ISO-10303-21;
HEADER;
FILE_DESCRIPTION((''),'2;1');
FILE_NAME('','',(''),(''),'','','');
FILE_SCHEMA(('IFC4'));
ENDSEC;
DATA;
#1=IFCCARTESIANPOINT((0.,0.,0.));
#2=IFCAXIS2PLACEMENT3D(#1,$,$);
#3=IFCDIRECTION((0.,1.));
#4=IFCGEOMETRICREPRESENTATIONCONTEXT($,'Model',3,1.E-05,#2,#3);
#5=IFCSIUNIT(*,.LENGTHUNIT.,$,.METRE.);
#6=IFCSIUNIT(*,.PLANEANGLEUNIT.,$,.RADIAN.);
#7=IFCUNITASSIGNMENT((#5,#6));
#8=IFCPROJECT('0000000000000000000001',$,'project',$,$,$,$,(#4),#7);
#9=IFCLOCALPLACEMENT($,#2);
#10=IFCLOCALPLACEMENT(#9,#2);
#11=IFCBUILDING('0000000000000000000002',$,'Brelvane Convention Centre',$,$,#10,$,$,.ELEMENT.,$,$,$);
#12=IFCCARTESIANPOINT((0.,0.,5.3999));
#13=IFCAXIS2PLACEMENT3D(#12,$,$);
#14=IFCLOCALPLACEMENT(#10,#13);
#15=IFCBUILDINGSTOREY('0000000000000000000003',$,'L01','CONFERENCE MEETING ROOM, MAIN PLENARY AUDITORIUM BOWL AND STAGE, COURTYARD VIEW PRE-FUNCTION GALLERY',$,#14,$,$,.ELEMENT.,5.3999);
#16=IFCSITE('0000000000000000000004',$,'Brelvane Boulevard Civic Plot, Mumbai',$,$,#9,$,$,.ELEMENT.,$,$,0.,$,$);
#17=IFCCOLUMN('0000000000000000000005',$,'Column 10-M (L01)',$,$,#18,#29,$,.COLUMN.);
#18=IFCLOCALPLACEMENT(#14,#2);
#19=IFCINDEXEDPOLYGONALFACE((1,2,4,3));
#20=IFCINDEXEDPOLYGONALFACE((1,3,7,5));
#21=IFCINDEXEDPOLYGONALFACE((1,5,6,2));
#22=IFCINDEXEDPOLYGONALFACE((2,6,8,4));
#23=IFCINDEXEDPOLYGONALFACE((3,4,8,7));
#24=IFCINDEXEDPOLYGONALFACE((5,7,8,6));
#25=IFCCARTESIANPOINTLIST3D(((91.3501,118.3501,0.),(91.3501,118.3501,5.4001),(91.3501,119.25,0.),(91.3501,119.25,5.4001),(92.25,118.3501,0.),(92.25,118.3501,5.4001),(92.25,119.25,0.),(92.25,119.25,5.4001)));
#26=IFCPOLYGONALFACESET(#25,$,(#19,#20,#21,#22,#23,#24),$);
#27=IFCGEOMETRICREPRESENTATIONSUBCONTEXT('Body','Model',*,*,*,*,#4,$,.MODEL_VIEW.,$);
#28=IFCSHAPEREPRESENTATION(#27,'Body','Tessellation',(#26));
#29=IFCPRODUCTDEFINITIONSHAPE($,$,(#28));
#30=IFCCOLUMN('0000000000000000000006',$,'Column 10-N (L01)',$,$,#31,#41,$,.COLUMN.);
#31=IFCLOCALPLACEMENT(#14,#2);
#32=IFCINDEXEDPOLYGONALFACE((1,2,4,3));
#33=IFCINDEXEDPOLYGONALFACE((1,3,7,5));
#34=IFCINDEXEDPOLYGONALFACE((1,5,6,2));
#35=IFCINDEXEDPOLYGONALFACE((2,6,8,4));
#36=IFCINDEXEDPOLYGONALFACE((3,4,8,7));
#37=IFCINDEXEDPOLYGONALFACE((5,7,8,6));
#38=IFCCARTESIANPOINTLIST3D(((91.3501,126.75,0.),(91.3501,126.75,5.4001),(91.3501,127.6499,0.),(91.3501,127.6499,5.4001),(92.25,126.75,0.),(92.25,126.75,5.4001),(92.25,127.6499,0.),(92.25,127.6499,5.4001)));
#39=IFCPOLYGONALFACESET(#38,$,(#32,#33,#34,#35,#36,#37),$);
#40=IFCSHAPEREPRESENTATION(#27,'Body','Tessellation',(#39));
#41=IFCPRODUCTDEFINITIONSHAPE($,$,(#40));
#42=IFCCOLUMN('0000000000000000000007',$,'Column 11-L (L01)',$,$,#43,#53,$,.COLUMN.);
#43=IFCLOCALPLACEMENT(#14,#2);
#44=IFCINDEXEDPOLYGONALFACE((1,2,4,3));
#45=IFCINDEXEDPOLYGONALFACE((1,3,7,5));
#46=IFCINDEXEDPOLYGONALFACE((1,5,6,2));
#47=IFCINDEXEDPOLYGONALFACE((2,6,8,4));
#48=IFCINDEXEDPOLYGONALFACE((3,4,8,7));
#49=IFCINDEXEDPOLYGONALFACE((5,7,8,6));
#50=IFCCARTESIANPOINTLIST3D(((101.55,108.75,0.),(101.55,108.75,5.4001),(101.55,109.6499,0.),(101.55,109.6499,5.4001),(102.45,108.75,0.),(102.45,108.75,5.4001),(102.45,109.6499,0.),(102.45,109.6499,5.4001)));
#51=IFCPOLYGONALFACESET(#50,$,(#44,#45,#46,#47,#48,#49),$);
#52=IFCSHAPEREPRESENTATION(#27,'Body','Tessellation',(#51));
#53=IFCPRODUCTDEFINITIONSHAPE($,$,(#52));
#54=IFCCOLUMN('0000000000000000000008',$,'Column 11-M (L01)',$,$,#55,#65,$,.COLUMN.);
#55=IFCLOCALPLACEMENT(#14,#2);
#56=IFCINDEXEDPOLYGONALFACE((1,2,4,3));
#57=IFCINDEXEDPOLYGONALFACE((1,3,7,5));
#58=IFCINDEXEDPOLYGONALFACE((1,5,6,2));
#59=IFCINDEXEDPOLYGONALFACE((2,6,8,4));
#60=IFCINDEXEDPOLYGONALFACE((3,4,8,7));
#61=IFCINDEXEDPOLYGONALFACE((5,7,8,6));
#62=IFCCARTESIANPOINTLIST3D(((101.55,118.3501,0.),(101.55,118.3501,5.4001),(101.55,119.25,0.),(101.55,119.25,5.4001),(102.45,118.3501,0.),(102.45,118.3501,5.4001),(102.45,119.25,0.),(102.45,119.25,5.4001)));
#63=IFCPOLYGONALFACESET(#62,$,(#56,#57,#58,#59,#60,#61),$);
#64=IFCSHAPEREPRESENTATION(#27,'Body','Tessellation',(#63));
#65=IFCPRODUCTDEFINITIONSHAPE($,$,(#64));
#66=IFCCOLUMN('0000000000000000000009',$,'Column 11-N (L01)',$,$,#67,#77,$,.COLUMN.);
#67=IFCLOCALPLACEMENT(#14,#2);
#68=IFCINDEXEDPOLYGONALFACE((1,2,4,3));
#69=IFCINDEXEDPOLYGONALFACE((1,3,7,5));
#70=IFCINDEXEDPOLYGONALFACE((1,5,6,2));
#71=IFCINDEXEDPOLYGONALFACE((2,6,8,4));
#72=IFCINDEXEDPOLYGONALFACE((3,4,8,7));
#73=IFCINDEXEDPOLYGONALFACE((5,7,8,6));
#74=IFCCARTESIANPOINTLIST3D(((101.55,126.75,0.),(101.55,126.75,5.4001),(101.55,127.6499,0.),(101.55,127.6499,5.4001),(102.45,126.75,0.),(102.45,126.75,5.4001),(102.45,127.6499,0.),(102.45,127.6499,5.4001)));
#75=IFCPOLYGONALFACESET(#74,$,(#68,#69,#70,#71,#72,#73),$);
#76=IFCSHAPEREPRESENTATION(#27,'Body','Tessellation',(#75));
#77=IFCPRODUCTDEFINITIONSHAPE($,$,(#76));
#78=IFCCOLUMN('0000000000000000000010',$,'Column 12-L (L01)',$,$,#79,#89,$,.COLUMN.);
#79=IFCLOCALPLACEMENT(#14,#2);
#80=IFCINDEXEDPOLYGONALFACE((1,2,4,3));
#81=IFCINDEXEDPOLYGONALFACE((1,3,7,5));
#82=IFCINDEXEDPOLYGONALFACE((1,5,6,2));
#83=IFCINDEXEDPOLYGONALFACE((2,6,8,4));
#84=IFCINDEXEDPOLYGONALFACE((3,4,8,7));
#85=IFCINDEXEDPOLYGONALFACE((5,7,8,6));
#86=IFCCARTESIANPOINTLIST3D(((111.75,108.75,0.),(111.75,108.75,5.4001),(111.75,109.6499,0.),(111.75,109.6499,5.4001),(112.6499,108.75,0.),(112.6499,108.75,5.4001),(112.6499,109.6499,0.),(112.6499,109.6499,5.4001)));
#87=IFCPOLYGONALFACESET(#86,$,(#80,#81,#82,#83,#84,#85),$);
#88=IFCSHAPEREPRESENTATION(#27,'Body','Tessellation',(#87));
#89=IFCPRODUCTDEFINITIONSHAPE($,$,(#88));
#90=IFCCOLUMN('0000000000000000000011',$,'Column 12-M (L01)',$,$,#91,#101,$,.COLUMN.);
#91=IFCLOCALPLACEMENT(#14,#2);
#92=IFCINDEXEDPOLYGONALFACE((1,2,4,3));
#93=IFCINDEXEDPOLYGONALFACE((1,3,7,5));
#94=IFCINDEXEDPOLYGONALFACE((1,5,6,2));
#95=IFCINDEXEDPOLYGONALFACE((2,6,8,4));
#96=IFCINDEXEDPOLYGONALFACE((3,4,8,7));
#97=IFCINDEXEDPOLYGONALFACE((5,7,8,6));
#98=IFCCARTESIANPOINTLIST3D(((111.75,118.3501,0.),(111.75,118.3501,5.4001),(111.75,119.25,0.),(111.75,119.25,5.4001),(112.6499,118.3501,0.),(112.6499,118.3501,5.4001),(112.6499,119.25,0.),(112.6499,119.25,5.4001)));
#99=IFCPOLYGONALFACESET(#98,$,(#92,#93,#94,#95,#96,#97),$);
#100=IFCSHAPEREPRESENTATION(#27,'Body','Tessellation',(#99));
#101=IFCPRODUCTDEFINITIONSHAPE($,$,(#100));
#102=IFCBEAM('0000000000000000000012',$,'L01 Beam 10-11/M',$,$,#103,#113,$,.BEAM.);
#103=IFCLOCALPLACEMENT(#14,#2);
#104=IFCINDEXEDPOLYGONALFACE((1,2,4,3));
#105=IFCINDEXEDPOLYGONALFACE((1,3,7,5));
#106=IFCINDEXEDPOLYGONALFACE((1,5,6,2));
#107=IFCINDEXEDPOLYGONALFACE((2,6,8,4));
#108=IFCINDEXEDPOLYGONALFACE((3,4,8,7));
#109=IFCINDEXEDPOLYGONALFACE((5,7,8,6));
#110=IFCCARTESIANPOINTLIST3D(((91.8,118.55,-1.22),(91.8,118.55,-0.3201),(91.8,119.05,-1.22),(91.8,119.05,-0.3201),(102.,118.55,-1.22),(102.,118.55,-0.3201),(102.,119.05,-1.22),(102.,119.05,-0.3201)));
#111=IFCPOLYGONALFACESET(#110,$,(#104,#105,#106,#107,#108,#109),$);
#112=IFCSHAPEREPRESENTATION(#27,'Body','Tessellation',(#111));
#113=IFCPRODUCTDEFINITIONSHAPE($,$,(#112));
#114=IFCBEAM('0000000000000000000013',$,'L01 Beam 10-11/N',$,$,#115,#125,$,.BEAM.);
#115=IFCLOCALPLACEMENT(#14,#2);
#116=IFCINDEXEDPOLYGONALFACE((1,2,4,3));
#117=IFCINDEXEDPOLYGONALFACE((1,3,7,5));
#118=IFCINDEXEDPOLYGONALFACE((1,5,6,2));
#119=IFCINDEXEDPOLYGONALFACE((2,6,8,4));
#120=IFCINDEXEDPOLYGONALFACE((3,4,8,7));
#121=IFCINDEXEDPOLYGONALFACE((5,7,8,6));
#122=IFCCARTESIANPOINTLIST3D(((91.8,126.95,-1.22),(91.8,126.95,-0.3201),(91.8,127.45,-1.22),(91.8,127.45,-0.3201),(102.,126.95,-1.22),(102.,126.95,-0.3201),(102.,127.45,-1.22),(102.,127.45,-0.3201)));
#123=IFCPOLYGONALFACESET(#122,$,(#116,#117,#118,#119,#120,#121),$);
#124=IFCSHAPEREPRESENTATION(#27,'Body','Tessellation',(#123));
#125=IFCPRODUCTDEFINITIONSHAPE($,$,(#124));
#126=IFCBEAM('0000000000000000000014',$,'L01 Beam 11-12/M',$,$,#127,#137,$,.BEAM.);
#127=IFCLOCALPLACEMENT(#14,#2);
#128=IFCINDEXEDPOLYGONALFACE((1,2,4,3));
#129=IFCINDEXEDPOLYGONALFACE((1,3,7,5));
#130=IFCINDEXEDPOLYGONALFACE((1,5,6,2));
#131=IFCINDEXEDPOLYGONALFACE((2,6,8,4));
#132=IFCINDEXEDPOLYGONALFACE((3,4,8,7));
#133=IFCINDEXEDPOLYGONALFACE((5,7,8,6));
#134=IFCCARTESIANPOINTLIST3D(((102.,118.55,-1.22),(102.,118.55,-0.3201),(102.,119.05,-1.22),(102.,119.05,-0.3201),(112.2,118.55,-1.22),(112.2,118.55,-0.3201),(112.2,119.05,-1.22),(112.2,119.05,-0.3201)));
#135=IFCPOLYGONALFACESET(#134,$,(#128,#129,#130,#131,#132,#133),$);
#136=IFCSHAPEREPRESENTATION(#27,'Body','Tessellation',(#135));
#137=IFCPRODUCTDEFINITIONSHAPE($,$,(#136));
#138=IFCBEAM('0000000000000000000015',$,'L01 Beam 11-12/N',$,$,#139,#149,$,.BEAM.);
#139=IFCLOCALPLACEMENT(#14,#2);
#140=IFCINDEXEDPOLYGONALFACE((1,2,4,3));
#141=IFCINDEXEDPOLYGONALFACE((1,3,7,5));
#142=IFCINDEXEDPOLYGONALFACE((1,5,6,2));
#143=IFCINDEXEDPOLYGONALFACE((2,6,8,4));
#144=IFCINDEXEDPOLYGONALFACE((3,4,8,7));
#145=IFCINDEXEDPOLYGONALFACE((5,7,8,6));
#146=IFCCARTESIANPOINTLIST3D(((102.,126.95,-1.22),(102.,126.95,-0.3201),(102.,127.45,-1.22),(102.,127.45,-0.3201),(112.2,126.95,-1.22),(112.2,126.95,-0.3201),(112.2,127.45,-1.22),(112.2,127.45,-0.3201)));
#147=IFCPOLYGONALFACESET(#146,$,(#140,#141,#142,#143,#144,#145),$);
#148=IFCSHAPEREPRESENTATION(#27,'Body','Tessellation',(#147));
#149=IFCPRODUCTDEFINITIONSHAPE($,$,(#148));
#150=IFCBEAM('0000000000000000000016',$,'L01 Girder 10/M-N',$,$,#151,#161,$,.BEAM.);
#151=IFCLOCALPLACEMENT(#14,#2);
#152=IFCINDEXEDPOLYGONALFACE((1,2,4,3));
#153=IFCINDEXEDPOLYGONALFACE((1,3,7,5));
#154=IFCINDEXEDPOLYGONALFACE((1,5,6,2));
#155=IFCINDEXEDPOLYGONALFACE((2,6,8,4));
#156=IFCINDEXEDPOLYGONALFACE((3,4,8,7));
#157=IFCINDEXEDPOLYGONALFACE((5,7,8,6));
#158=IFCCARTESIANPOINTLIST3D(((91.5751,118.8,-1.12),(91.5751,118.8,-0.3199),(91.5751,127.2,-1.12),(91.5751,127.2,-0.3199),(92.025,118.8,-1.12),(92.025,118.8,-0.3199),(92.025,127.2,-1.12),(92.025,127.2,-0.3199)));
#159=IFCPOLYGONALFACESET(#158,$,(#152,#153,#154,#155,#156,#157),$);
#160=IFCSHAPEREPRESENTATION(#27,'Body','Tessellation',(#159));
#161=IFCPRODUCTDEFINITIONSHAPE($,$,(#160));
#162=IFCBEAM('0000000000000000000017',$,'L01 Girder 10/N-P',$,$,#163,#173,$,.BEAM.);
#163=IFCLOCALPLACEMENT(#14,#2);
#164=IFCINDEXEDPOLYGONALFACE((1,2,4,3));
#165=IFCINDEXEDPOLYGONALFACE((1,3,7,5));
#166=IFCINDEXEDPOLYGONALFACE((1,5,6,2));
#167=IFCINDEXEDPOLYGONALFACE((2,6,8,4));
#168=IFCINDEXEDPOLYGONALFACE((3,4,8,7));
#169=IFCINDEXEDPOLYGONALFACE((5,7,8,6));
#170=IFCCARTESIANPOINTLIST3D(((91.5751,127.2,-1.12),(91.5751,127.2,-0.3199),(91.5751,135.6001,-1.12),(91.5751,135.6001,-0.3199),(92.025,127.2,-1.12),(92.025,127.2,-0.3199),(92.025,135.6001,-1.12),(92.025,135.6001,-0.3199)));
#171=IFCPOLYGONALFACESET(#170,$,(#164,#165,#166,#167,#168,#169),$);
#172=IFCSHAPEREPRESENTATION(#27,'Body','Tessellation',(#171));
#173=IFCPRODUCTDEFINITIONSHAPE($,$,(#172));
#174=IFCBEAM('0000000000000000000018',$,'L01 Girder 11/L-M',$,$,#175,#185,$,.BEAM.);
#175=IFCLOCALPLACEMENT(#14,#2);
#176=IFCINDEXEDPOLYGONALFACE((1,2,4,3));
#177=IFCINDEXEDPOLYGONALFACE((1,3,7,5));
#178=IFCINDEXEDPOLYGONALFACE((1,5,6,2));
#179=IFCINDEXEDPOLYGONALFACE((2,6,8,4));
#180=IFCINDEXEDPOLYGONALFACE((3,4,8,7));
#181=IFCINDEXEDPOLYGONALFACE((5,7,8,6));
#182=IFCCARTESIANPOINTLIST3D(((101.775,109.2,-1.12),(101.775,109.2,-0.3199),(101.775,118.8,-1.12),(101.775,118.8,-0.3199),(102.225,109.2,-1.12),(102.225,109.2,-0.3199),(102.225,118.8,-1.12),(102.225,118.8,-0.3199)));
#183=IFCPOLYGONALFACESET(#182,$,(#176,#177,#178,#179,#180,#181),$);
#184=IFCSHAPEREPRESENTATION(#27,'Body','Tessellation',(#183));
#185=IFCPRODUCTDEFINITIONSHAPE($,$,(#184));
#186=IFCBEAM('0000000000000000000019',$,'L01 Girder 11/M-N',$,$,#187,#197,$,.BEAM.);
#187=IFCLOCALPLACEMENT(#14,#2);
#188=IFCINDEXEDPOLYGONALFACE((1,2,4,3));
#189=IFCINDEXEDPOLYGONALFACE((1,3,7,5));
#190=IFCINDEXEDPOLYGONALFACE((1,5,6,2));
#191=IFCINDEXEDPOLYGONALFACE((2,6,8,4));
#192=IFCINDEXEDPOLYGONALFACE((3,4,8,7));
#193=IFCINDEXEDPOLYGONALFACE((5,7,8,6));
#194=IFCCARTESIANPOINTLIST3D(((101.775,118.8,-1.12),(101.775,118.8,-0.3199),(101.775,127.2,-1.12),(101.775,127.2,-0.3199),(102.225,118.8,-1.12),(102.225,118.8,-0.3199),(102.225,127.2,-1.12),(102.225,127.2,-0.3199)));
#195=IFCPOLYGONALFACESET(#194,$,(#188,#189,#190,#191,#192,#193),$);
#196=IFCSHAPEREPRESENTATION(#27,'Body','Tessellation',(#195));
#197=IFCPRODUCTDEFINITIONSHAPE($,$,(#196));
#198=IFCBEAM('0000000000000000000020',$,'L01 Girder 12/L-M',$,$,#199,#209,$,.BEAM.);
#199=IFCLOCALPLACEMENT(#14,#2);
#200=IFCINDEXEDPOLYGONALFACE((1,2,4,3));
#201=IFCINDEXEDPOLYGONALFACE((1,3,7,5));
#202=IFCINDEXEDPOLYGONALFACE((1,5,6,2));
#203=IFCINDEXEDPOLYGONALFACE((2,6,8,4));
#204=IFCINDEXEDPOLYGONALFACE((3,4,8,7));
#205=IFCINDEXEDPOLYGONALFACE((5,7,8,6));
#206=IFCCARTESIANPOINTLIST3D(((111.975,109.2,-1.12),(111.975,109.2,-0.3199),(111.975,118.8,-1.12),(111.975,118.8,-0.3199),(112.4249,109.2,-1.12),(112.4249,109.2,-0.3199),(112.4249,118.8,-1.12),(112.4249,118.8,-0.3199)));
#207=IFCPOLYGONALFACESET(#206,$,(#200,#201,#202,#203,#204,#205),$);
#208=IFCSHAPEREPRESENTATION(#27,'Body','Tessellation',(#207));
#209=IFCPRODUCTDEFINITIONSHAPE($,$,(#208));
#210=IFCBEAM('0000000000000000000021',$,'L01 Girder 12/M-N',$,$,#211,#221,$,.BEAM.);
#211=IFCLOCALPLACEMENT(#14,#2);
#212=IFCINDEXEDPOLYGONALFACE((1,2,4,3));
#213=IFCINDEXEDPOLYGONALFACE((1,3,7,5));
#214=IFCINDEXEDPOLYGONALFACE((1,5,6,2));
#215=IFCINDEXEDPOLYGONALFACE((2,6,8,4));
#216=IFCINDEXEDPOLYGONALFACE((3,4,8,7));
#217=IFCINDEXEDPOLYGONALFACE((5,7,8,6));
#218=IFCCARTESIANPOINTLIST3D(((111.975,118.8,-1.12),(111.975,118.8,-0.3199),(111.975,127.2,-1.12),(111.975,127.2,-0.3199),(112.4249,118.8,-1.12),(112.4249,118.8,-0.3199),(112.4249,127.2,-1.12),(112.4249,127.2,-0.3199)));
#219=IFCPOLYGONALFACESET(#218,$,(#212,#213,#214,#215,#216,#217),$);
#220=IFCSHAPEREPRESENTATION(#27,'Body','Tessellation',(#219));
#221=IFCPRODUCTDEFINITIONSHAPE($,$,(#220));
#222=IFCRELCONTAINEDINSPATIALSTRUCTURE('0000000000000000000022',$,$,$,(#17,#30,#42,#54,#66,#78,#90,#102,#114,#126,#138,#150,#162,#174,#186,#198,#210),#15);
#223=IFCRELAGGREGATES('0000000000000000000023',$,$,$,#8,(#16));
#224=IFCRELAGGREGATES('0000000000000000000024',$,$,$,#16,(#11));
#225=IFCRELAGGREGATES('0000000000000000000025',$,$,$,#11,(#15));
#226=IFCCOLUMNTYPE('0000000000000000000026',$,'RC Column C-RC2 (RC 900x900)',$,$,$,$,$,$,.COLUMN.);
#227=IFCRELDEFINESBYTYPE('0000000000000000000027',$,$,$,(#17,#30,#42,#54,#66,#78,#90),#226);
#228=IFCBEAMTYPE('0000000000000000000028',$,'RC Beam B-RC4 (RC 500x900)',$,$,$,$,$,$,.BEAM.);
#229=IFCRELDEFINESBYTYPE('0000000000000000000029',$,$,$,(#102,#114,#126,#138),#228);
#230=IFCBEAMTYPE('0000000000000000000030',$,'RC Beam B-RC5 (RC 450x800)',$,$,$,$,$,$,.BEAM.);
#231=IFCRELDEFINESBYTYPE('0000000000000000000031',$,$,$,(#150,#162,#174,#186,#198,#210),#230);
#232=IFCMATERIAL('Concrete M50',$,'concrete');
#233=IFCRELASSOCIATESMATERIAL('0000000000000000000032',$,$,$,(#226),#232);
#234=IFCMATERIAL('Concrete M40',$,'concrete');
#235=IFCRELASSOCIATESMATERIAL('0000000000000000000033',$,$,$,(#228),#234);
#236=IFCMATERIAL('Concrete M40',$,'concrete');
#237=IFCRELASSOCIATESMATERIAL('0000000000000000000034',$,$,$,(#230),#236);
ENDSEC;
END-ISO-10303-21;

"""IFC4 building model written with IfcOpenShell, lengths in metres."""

from ifc_helpers import new_model, si_unit, direction, frame, origin, origin_2d, place, context, subcontext, project, spatial, rectangle, extrude, material, material_profile, profile_set, type_object, element, save


model = new_model("IFC4")

# Units and contexts
model_context = context("Model", 3, precision=1e-05, world=origin(), true_north=direction((0.0, 1.0)))
body_context = subcontext(model_context, "Body", "Model", "MODEL_VIEW")
ifc_project = project(units=[si_unit("LENGTHUNIT", "METRE"), si_unit("PLANEANGLEUNIT", "RADIAN")], contexts=[model_context])

# Site, building, storey
site_placement = place(None, origin())
site = spatial("IfcSite", under=ifc_project, at=site_placement, Name="Brelvane Boulevard Civic Plot, Mumbai", CompositionType="ELEMENT", RefElevation=0.0)
building_placement = place(site_placement, origin())
building = spatial("IfcBuilding", under=site, at=building_placement, Name="Brelvane Convention Centre", CompositionType="ELEMENT")
storey_placement = place(building_placement, frame((0.0, 0.0, 5.3999)))
storey = spatial("IfcBuildingStorey", under=building, at=storey_placement, Name="L01", Description="CONFERENCE MEETING ROOM, MAIN PLENARY AUDITORIUM BOWL AND STAGE, COURTYARD VIEW PRE-FUNCTION GALLERY", CompositionType="ELEMENT", Elevation=5.3999)

# Columns
ifc_material_1 = material(Name="Concrete M50", Category="concrete")
ifc_material_profile_1 = material_profile(ifc_material_1, rectangle(XDim=0.8999, YDim=0.8999, at=origin_2d()), Name="RC 900x900")
ifc_profile_set_1 = profile_set([ifc_material_profile_1], Name="Concrete M50")
column_type = type_object("IfcColumnType", Name="RC Column C-RC2 (RC 900x900)", PredefinedType="COLUMN", material=ifc_profile_set_1)
for number, where, z_axis, x_axis, name in (
    (1, (91.8, 118.8, 0.0), (0.0, 0.0, 1.0), (1.0, 0.0, 0.0), "Column 10-M (L01)"),
    (2, (91.8, 127.2, 0.0), (0.0, 0.0, 1.0), (1.0, 0.0, 0.0), "Column 10-N (L01)"),
    (3, (102.0, 109.2, 0.0), (0.0, 0.0, 1.0), (1.0, 0.0, 0.0), "Column 11-L (L01)"),
    (4, (102.0, 118.8, 0.0), (0.0, 0.0, 1.0), (1.0, 0.0, 0.0), "Column 11-M (L01)"),
    (5, (102.0, 127.2, 0.0), (0.0, 0.0, 1.0), (1.0, 0.0, 0.0), "Column 11-N (L01)"),
    (6, (112.2, 109.2, 0.0), (0.0, 0.0, 1.0), (1.0, 0.0, 0.0), "Column 12-L (L01)"),
    (7, (112.2, 118.8, 0.0), (0.0, 0.0, 1.0), (1.0, 0.0, 0.0), "Column 12-M (L01)"),
):
    element("IfcColumn", number, at=place(storey_placement, frame(where, z_axis=z_axis, x_axis=x_axis)), inside=storey, type_object=column_type, Name=name, PredefinedType="COLUMN", context=body_context, shape_type="SweptSolid", body=[
        extrude(rectangle(XDim=0.8999, YDim=0.8999, at=origin_2d()), origin(), (0.0, 0.0, 1.0), 5.4001),
    ])

# Beams
ifc_material_2 = material(Name="Concrete M40", Category="concrete")
ifc_material_profile_2 = material_profile(ifc_material_2, rectangle(XDim=0.5, YDim=0.8999, at=origin_2d()), Name="RC 500x900")
ifc_profile_set_2 = profile_set([ifc_material_profile_2], Name="Concrete M40")
beam_type_1 = type_object("IfcBeamType", Name="RC Beam B-RC4 (RC 500x900)", PredefinedType="BEAM", material=ifc_profile_set_2)
for number, where, z_axis, x_axis, name in (
    (8, (91.8, 118.8, -0.77), (1.0, 0.0, 0.0), (0.0, 1.0, 0.0), "L01 Beam 10-11/M"),
    (9, (91.8, 127.2, -0.77), (1.0, 0.0, 0.0), (0.0, 1.0, 0.0), "L01 Beam 10-11/N"),
    (10, (102.0, 118.8, -0.77), (1.0, 0.0, 0.0), (0.0, 1.0, 0.0), "L01 Beam 11-12/M"),
    (11, (102.0, 127.2, -0.77), (1.0, 0.0, 0.0), (0.0, 1.0, 0.0), "L01 Beam 11-12/N"),
):
    element("IfcBeam", number, at=place(storey_placement, frame(where, z_axis=z_axis, x_axis=x_axis)), inside=storey, type_object=beam_type_1, Name=name, PredefinedType="BEAM", context=body_context, shape_type="SweptSolid", body=[
        extrude(rectangle(XDim=0.5, YDim=0.8999, at=origin_2d()), origin(), (0.0, 0.0, 1.0), 10.2),
    ])
ifc_material_3 = material(Name="Concrete M40", Category="concrete")
ifc_material_profile_3 = material_profile(ifc_material_3, rectangle(XDim=0.45, YDim=0.8, at=origin_2d()), Name="RC 450x800")
ifc_profile_set_3 = profile_set([ifc_material_profile_3], Name="Concrete M40")
beam_type_2 = type_object("IfcBeamType", Name="RC Beam B-RC5 (RC 450x800)", PredefinedType="BEAM", material=ifc_profile_set_3)
beam_1_placement = place(storey_placement, frame((91.8, 118.8, -0.72), z_axis=(0.0, 1.0, 0.0), x_axis=(-1.0, 0.0, 0.0)))
element("IfcBeam", 12, at=beam_1_placement, inside=storey, type_object=beam_type_2, Name="L01 Girder 10/M-N", PredefinedType="BEAM", context=body_context, shape_type="SweptSolid", body=[
    extrude(rectangle(XDim=0.45, YDim=0.8, at=origin_2d()), origin(), (0.0, 0.0, 1.0), 8.3999),
])
beam_2_placement = place(storey_placement, frame((91.8, 127.2, -0.72), z_axis=(0.0, 1.0, 0.0), x_axis=(-1.0, 0.0, 0.0)))
element("IfcBeam", 13, at=beam_2_placement, inside=storey, type_object=beam_type_2, Name="L01 Girder 10/N-P", PredefinedType="BEAM", context=body_context, shape_type="SweptSolid", body=[
    extrude(rectangle(XDim=0.45, YDim=0.8, at=origin_2d()), origin(), (0.0, 0.0, 1.0), 8.4001),
])
beam_3_placement = place(storey_placement, frame((102.0, 109.2, -0.72), z_axis=(0.0, 1.0, 0.0), x_axis=(-1.0, 0.0, 0.0)))
element("IfcBeam", 14, at=beam_3_placement, inside=storey, type_object=beam_type_2, Name="L01 Girder 11/L-M", PredefinedType="BEAM", context=body_context, shape_type="SweptSolid", body=[
    extrude(rectangle(XDim=0.45, YDim=0.8, at=origin_2d()), origin(), (0.0, 0.0, 1.0), 9.6001),
])
beam_4_placement = place(storey_placement, frame((102.0, 118.8, -0.72), z_axis=(0.0, 1.0, 0.0), x_axis=(-1.0, 0.0, 0.0)))
element("IfcBeam", 15, at=beam_4_placement, inside=storey, type_object=beam_type_2, Name="L01 Girder 11/M-N", PredefinedType="BEAM", context=body_context, shape_type="SweptSolid", body=[
    extrude(rectangle(XDim=0.45, YDim=0.8, at=origin_2d()), origin(), (0.0, 0.0, 1.0), 8.3999),
])
beam_5_placement = place(storey_placement, frame((112.2, 109.2, -0.72), z_axis=(0.0, 1.0, 0.0), x_axis=(-1.0, 0.0, 0.0)))
element("IfcBeam", 16, at=beam_5_placement, inside=storey, type_object=beam_type_2, Name="L01 Girder 12/L-M", PredefinedType="BEAM", context=body_context, shape_type="SweptSolid", body=[
    extrude(rectangle(XDim=0.45, YDim=0.8, at=origin_2d()), origin(), (0.0, 0.0, 1.0), 9.6001),
])
beam_6_placement = place(storey_placement, frame((112.2, 118.8, -0.72), z_axis=(0.0, 1.0, 0.0), x_axis=(-1.0, 0.0, 0.0)))
element("IfcBeam", 17, at=beam_6_placement, inside=storey, type_object=beam_type_2, Name="L01 Girder 12/M-N", PredefinedType="BEAM", context=body_context, shape_type="SweptSolid", body=[
    extrude(rectangle(XDim=0.45, YDim=0.8, at=origin_2d()), origin(), (0.0, 0.0, 1.0), 8.3999),
])

save(model, "model.ifc")
